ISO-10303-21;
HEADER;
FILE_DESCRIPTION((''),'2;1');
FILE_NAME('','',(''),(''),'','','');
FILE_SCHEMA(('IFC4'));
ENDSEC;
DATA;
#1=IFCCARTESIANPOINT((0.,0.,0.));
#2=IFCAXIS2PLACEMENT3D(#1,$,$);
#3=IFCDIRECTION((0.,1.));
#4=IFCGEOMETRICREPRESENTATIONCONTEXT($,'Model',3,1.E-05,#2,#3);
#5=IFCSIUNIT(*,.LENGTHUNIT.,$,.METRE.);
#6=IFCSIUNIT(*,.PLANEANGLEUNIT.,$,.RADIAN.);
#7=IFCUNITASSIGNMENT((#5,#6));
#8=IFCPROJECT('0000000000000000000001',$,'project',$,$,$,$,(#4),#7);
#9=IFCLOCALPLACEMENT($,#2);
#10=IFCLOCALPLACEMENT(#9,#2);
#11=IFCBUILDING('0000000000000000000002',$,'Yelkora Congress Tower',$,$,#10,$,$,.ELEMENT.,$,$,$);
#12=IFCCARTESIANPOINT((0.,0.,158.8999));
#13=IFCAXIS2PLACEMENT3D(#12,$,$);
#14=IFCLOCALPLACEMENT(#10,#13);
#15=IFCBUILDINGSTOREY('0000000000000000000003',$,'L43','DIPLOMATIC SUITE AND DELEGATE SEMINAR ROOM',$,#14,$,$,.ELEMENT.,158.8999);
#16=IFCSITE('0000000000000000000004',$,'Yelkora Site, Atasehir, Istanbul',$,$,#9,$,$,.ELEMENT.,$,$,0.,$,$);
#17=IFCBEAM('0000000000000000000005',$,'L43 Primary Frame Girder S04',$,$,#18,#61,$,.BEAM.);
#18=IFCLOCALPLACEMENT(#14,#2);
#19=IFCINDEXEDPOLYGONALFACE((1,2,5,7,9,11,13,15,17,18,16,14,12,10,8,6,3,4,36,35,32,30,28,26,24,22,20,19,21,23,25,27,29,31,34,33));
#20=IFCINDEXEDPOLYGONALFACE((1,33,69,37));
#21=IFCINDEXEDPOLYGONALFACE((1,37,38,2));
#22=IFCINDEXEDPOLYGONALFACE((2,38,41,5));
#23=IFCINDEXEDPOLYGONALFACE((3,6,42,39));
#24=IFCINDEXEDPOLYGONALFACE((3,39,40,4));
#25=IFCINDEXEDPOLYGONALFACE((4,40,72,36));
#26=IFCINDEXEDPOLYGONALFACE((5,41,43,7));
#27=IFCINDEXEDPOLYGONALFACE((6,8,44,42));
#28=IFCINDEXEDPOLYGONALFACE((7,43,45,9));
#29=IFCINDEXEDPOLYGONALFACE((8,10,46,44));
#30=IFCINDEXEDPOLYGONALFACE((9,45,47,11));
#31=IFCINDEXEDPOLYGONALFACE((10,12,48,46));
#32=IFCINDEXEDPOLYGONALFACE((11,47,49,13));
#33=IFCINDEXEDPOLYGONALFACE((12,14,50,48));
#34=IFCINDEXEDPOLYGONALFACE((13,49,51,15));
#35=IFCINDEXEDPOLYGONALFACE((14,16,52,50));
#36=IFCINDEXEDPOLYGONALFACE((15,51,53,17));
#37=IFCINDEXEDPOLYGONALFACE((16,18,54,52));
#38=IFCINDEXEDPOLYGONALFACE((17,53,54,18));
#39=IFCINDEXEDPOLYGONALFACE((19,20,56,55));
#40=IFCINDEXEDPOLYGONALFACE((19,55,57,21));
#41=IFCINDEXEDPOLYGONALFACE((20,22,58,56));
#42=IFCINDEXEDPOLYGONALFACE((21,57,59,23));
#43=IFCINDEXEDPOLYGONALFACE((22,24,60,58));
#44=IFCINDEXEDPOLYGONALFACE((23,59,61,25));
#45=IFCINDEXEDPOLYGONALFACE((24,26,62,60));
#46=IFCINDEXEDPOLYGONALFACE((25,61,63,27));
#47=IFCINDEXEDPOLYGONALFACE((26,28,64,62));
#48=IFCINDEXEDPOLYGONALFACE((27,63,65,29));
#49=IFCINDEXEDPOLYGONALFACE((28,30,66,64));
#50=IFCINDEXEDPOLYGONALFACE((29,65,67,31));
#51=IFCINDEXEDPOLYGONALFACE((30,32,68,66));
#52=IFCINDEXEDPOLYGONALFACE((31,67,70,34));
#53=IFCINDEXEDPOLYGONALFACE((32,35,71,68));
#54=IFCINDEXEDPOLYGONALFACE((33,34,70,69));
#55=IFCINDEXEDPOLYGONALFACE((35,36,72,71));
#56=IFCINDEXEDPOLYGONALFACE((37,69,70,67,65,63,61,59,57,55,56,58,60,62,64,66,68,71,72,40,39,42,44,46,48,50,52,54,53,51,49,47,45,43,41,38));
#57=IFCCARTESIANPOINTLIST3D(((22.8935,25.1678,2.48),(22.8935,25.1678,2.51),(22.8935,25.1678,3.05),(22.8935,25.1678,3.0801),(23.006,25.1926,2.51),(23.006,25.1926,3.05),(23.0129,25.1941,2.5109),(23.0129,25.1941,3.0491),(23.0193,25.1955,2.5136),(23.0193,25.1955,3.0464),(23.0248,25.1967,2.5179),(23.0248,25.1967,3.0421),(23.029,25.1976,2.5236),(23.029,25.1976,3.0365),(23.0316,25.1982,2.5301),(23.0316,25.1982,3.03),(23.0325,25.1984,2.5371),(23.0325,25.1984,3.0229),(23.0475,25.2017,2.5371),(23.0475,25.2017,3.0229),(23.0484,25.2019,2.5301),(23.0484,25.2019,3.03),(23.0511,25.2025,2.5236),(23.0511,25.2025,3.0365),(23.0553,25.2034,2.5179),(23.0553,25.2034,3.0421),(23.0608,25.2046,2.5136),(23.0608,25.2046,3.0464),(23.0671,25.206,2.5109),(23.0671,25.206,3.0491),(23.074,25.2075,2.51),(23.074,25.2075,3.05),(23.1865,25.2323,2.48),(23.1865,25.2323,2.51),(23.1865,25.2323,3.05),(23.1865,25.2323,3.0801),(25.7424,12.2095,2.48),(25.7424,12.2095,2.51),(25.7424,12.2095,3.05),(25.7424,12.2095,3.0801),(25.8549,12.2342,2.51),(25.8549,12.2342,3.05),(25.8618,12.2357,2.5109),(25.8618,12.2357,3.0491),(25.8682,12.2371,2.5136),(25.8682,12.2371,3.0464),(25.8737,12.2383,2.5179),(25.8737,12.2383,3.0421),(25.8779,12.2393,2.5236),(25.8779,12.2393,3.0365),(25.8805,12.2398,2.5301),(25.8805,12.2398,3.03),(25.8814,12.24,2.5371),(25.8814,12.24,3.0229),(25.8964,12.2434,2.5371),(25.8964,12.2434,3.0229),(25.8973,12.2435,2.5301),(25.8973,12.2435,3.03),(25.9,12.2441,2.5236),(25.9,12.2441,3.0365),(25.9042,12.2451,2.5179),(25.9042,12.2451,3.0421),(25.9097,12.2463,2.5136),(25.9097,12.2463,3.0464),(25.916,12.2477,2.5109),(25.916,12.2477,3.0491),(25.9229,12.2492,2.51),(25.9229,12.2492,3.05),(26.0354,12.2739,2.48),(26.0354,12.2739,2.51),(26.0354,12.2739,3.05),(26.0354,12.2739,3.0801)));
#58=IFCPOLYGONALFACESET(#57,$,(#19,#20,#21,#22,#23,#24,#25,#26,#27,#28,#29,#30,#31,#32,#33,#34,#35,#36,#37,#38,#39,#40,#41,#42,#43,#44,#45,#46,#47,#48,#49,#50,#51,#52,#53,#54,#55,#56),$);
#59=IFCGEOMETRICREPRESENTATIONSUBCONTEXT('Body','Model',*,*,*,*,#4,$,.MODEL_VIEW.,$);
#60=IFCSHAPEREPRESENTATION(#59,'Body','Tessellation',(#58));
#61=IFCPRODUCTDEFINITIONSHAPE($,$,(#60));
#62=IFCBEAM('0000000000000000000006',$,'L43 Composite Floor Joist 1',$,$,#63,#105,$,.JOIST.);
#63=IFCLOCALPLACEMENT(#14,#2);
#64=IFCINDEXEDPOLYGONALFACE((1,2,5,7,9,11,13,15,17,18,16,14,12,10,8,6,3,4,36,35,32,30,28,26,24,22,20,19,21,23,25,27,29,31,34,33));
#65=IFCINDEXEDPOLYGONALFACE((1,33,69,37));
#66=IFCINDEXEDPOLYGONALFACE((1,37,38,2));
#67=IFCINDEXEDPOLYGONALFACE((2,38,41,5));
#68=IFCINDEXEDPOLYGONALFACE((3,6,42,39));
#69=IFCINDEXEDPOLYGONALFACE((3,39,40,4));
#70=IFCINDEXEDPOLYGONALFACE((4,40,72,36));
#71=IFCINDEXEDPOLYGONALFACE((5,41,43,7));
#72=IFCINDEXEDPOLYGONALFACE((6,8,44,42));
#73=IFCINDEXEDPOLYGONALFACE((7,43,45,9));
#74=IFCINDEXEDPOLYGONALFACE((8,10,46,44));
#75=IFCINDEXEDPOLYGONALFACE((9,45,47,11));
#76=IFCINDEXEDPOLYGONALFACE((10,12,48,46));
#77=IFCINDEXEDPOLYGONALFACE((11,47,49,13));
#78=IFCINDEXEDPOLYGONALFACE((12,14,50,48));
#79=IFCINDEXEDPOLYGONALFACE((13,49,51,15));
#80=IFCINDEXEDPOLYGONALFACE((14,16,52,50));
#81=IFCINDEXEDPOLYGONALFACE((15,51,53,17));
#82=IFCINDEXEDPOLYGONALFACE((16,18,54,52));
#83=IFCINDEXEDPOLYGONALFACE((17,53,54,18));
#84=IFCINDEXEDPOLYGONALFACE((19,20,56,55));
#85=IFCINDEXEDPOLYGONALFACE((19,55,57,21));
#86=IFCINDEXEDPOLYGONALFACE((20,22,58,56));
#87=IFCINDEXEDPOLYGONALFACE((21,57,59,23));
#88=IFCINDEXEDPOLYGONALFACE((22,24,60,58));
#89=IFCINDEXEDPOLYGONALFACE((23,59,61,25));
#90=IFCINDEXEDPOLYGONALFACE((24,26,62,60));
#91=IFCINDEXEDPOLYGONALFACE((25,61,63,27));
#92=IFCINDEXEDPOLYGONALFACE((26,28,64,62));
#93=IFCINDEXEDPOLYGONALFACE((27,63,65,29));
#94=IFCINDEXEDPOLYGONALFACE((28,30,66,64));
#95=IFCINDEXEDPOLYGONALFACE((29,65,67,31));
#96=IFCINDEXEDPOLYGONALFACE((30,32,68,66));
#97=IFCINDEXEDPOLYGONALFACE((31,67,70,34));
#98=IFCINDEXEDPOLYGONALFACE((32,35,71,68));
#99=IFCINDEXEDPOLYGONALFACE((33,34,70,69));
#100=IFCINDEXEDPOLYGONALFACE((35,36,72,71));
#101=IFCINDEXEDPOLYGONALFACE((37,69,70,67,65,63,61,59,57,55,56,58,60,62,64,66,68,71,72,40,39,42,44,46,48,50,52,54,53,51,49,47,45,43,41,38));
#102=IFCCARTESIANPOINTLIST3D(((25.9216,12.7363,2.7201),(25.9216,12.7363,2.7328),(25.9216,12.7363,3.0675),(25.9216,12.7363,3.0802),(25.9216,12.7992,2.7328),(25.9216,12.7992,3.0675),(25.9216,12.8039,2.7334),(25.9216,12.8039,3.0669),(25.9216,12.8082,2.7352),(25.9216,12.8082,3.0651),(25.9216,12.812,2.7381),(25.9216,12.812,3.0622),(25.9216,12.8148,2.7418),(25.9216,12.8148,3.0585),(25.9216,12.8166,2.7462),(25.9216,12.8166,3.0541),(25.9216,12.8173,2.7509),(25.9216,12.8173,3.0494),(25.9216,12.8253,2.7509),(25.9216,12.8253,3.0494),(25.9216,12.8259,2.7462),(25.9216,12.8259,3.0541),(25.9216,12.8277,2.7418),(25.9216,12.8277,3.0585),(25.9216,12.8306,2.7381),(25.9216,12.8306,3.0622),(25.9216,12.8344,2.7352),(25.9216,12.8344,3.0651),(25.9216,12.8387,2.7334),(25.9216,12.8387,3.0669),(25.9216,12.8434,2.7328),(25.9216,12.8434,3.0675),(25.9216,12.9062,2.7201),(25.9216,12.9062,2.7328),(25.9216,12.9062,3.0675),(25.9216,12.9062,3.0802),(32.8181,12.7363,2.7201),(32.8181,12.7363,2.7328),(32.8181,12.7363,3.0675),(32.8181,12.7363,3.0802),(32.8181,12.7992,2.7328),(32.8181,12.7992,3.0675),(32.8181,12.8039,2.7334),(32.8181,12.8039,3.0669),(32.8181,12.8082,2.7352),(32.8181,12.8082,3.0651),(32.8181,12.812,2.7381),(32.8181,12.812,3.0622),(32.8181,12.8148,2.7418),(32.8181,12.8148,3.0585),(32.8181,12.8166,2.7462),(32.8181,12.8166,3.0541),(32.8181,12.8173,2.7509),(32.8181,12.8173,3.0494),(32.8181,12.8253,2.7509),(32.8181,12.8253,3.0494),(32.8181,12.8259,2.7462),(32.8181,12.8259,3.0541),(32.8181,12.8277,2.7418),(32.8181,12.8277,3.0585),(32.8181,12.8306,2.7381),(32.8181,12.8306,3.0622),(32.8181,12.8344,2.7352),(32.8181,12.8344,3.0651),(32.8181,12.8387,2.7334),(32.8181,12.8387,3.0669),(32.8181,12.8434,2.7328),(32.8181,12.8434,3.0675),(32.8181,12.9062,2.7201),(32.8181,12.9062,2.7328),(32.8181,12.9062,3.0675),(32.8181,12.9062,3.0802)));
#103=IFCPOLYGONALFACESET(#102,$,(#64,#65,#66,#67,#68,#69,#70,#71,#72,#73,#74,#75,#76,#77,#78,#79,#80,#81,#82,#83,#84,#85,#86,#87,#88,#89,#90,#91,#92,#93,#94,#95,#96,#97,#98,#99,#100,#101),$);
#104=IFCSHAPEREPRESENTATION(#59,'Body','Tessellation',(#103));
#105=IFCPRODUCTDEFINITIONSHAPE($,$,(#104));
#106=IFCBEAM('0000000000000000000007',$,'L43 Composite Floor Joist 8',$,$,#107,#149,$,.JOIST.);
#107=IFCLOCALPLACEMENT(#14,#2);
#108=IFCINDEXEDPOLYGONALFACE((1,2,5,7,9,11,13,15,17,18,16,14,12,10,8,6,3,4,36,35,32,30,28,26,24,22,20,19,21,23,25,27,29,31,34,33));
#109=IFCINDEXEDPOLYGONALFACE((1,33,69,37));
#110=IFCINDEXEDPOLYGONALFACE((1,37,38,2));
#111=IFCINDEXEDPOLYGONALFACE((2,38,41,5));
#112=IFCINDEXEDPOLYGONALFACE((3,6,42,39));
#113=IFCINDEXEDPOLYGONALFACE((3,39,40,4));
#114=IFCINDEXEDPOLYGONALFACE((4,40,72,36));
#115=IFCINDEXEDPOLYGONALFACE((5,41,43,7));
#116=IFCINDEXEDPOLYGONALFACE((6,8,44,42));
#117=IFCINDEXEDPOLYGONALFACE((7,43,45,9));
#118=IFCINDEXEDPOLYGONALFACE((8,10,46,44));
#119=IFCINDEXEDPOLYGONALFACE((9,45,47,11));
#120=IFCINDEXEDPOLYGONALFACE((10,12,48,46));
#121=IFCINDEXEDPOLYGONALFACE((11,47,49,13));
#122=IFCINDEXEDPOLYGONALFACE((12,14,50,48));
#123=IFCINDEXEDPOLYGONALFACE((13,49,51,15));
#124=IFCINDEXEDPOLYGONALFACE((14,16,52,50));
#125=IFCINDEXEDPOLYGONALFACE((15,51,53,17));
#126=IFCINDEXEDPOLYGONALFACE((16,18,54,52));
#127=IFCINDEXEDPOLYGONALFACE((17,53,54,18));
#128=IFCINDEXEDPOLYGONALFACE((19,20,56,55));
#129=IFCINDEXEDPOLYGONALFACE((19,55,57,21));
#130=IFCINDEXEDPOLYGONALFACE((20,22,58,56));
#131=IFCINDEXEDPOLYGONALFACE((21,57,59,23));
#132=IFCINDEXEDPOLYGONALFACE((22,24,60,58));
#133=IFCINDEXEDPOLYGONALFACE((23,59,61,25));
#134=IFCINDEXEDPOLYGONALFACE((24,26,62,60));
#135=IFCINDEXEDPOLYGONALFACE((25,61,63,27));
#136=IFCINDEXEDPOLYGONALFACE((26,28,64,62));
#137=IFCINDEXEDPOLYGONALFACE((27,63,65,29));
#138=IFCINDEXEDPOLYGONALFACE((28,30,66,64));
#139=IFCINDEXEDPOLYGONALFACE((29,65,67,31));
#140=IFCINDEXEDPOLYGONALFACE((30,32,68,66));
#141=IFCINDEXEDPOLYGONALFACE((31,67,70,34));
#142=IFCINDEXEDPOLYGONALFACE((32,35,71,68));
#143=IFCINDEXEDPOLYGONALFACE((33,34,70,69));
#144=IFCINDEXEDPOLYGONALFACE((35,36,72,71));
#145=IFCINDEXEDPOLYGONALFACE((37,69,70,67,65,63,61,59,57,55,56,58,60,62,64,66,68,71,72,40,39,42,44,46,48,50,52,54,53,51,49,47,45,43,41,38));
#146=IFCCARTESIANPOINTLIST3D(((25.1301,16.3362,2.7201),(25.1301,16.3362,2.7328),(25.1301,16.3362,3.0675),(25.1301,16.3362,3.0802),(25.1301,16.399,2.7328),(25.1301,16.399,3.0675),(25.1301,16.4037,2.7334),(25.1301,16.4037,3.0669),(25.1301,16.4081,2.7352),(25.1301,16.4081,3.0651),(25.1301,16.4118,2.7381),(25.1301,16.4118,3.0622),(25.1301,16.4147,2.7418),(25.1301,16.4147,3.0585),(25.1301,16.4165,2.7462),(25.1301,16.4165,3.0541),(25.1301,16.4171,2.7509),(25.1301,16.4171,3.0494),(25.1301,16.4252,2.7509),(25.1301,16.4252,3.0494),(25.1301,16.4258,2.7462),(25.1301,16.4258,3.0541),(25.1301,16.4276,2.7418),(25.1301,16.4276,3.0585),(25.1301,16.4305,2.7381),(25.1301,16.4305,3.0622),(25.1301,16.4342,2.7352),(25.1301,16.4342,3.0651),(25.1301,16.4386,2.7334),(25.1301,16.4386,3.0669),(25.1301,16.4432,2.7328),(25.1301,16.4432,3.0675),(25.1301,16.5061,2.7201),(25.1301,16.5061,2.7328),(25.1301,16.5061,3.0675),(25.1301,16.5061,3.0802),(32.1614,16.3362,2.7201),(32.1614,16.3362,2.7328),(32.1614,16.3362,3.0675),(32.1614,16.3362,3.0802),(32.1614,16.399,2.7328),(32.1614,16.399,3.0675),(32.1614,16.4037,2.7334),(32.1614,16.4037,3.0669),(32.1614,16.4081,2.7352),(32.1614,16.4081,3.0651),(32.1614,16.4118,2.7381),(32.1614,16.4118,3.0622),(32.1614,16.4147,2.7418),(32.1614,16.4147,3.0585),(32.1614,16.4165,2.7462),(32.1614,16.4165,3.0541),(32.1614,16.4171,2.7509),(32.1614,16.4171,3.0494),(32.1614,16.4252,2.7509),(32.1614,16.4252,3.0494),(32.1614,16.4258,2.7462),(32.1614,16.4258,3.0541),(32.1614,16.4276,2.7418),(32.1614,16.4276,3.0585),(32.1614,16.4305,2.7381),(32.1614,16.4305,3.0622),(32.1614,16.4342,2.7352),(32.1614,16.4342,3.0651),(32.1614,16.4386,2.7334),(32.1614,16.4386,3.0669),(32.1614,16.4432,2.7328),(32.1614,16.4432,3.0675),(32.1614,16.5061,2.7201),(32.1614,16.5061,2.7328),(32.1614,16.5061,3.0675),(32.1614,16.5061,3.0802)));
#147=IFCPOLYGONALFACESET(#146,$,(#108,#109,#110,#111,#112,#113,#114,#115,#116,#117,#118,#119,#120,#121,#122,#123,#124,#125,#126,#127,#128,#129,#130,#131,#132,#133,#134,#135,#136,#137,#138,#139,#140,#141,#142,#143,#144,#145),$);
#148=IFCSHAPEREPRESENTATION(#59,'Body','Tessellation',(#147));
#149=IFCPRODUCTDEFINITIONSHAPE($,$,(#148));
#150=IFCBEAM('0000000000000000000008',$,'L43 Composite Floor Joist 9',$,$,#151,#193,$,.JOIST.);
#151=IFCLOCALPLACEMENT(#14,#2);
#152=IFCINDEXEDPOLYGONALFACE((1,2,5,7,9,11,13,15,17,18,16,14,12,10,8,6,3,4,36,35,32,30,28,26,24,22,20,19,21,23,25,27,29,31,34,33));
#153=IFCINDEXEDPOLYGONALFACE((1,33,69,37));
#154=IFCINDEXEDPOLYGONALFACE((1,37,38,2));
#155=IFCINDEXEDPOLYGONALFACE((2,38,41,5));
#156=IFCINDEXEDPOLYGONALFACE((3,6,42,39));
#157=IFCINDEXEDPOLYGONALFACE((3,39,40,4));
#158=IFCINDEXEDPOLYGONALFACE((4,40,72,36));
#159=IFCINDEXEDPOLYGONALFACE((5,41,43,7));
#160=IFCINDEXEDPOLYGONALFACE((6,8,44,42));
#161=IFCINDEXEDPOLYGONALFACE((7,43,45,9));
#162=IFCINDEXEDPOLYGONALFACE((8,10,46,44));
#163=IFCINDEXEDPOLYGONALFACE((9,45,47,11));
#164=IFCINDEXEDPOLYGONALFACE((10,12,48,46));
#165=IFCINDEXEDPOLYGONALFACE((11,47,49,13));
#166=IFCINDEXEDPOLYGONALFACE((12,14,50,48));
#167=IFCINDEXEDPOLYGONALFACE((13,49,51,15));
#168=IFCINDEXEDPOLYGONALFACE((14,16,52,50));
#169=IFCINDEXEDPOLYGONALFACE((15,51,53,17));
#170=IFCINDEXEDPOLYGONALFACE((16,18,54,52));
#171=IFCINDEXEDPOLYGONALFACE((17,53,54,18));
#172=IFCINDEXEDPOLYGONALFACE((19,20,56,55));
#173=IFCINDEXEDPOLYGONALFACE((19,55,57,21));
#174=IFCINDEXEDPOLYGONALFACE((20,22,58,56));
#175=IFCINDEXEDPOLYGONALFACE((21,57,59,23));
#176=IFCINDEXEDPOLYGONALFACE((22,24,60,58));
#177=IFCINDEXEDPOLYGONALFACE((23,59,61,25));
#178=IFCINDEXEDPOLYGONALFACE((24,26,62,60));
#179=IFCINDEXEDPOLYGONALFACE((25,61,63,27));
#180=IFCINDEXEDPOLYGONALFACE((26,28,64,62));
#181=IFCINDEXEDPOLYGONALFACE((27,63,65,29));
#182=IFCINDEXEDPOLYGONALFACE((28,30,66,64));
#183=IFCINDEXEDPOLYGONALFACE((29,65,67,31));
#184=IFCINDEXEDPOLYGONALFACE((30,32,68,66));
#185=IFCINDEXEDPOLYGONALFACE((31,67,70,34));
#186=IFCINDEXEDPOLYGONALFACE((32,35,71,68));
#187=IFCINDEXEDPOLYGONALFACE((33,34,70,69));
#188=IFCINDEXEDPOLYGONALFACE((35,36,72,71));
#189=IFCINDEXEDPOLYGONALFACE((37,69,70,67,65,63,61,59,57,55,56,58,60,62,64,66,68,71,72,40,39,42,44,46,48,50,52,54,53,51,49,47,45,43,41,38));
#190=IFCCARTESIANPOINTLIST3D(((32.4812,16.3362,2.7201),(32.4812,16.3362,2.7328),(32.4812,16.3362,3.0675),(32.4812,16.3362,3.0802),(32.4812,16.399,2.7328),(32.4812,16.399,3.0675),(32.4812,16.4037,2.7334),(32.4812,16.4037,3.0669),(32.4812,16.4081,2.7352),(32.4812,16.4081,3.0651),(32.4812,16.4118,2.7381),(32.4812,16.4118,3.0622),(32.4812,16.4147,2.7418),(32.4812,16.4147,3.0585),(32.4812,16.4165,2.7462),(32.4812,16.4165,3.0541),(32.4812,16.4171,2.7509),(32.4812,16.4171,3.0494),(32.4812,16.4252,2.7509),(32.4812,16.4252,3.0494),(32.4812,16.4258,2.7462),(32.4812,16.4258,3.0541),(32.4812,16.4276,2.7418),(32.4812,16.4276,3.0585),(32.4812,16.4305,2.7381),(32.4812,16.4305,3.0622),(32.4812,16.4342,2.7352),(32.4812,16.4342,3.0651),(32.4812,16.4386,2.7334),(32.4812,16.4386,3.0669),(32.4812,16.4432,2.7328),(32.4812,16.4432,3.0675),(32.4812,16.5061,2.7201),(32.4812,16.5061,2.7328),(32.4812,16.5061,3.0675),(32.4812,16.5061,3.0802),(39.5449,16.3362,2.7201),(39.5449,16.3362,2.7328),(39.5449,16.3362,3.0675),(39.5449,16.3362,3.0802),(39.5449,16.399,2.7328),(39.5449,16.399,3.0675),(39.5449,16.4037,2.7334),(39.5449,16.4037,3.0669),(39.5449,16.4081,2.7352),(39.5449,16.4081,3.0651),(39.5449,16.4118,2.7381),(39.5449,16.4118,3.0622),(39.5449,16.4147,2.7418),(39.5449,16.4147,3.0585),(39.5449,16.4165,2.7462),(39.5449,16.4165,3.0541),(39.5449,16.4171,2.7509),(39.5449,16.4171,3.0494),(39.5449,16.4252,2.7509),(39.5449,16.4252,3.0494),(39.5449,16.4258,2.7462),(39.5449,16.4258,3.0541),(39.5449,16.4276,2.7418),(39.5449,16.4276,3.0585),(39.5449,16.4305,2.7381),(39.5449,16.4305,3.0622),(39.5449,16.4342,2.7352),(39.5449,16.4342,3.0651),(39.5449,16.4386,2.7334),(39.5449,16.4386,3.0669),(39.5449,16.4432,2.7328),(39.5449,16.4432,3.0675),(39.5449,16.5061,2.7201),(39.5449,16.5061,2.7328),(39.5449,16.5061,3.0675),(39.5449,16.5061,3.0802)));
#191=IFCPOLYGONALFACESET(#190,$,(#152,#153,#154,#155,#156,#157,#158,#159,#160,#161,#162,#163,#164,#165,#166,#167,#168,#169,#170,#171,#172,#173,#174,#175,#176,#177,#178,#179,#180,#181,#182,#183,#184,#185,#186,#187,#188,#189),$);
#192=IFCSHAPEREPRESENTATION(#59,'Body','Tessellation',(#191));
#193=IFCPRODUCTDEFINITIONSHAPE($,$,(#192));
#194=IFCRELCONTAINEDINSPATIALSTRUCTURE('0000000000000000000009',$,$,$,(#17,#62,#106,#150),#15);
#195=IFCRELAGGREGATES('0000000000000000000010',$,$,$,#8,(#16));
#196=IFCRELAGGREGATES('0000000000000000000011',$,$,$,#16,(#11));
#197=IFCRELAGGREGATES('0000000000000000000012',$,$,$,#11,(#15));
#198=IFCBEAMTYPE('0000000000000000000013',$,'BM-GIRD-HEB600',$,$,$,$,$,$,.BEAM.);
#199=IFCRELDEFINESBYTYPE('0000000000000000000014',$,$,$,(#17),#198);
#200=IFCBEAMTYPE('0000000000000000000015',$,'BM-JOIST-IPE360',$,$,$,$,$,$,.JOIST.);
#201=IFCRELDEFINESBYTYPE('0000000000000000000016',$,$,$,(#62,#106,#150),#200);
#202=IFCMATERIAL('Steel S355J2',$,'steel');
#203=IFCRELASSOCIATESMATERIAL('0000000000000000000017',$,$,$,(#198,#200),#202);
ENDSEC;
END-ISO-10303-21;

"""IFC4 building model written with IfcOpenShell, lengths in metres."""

from ifc_helpers import new_model, si_unit, direction, frame, origin, origin_2d, place, context, subcontext, project, spatial, i_section, extrude, material, material_profile, profile_set, type_object, element, save


model = new_model("IFC4")

# Units and contexts
model_context = context("Model", 3, precision=1e-05, world=origin(), true_north=direction((0.0, 1.0)))
body_context = subcontext(model_context, "Body", "Model", "MODEL_VIEW")
ifc_project = project(units=[si_unit("LENGTHUNIT", "METRE"), si_unit("PLANEANGLEUNIT", "RADIAN")], contexts=[model_context])

# Site, building, storey
site_placement = place(None, origin())
site = spatial("IfcSite", under=ifc_project, at=site_placement, Name="Yelkora Site, Atasehir, Istanbul", CompositionType="ELEMENT", RefElevation=0.0)
building_placement = place(site_placement, origin())
building = spatial("IfcBuilding", under=site, at=building_placement, Name="Yelkora Congress Tower", CompositionType="ELEMENT")
storey_placement = place(building_placement, frame((0.0, 0.0, 158.8999)))
storey = spatial("IfcBuildingStorey", under=building, at=storey_placement, Name="L43", Description="DIPLOMATIC SUITE AND DELEGATE SEMINAR ROOM", CompositionType="ELEMENT", Elevation=158.8999)

# Beams
ifc_material_1 = material(Name="Steel S355J2", Category="steel")
ifc_material_profile_1 = material_profile(ifc_material_1, i_section(OverallWidth=0.3, OverallDepth=0.6001, WebThickness=0.0154, FlangeThickness=0.03, FilletRadius=0.0271, at=origin_2d()), Name="HEB 600")
ifc_profile_set_1 = profile_set([ifc_material_profile_1], Name="Steel S355J2")
beam_type_1 = type_object("IfcBeamType", Name="BM-GIRD-HEB600", PredefinedType="BEAM", material=ifc_profile_set_1)
beam_1_placement = place(storey_placement, frame((25.8889, 12.2417, 2.78), z_axis=(-0.214722, 0.976675, 0.0), x_axis=(-0.976675, -0.214722, 0.0)))
element("IfcBeam", 1, at=beam_1_placement, inside=storey, type_object=beam_type_1, Name="L43 Primary Frame Girder S04", PredefinedType="BEAM", context=body_context, shape_type="SweptSolid", body=[
    extrude(i_section(OverallWidth=0.3, OverallDepth=0.6001, WebThickness=0.0154, FlangeThickness=0.03, FilletRadius=0.0271, at=origin_2d()), origin(), (0.0, 0.0, 1.0), 13.2678),
])
ifc_material_profile_2 = material_profile(ifc_material_1, i_section(OverallWidth=0.1699, OverallDepth=0.3601, WebThickness=0.0081, FlangeThickness=0.0127, FilletRadius=0.0181, at=origin_2d()), Name="IPE 360")
ifc_profile_set_2 = profile_set([ifc_material_profile_2], Name="Steel S355J2")
beam_type_2 = type_object("IfcBeamType", Name="BM-JOIST-IPE360", PredefinedType="JOIST", material=ifc_profile_set_2)
beam_2_placement = place(storey_placement, frame((25.9216, 12.8213, 2.9001), z_axis=(1.0, 0.0, 0.0), x_axis=(0.0, 1.0, 0.0)))
element("IfcBeam", 2, at=beam_2_placement, inside=storey, type_object=beam_type_2, Name="L43 Composite Floor Joist 1", PredefinedType="JOIST", context=body_context, shape_type="SweptSolid", body=[
    extrude(i_section(OverallWidth=0.1699, OverallDepth=0.3601, WebThickness=0.0081, FlangeThickness=0.0127, FilletRadius=0.0181, at=origin_2d()), origin(), (0.0, 0.0, 1.0), 6.8965),
])
beam_3_placement = place(storey_placement, frame((25.1301, 16.4211, 2.9001), z_axis=(1.0, 0.0, 0.0), x_axis=(0.0, 1.0, 0.0)))
element("IfcBeam", 3, at=beam_3_placement, inside=storey, type_object=beam_type_2, Name="L43 Composite Floor Joist 8", PredefinedType="JOIST", context=body_context, shape_type="SweptSolid", body=[
    extrude(i_section(OverallWidth=0.1699, OverallDepth=0.3601, WebThickness=0.0081, FlangeThickness=0.0127, FilletRadius=0.0181, at=origin_2d()), origin(), (0.0, 0.0, 1.0), 7.0312),
])
beam_4_placement = place(storey_placement, frame((32.4812, 16.4211, 2.9001), z_axis=(1.0, 0.0, 0.0), x_axis=(0.0, 1.0, 0.0)))
element("IfcBeam", 4, at=beam_4_placement, inside=storey, type_object=beam_type_2, Name="L43 Composite Floor Joist 9", PredefinedType="JOIST", context=body_context, shape_type="SweptSolid", body=[
    extrude(i_section(OverallWidth=0.1699, OverallDepth=0.3601, WebThickness=0.0081, FlangeThickness=0.0127, FilletRadius=0.0181, at=origin_2d()), origin(), (0.0, 0.0, 1.0), 7.0637),
])

save(model, "model.ifc")
